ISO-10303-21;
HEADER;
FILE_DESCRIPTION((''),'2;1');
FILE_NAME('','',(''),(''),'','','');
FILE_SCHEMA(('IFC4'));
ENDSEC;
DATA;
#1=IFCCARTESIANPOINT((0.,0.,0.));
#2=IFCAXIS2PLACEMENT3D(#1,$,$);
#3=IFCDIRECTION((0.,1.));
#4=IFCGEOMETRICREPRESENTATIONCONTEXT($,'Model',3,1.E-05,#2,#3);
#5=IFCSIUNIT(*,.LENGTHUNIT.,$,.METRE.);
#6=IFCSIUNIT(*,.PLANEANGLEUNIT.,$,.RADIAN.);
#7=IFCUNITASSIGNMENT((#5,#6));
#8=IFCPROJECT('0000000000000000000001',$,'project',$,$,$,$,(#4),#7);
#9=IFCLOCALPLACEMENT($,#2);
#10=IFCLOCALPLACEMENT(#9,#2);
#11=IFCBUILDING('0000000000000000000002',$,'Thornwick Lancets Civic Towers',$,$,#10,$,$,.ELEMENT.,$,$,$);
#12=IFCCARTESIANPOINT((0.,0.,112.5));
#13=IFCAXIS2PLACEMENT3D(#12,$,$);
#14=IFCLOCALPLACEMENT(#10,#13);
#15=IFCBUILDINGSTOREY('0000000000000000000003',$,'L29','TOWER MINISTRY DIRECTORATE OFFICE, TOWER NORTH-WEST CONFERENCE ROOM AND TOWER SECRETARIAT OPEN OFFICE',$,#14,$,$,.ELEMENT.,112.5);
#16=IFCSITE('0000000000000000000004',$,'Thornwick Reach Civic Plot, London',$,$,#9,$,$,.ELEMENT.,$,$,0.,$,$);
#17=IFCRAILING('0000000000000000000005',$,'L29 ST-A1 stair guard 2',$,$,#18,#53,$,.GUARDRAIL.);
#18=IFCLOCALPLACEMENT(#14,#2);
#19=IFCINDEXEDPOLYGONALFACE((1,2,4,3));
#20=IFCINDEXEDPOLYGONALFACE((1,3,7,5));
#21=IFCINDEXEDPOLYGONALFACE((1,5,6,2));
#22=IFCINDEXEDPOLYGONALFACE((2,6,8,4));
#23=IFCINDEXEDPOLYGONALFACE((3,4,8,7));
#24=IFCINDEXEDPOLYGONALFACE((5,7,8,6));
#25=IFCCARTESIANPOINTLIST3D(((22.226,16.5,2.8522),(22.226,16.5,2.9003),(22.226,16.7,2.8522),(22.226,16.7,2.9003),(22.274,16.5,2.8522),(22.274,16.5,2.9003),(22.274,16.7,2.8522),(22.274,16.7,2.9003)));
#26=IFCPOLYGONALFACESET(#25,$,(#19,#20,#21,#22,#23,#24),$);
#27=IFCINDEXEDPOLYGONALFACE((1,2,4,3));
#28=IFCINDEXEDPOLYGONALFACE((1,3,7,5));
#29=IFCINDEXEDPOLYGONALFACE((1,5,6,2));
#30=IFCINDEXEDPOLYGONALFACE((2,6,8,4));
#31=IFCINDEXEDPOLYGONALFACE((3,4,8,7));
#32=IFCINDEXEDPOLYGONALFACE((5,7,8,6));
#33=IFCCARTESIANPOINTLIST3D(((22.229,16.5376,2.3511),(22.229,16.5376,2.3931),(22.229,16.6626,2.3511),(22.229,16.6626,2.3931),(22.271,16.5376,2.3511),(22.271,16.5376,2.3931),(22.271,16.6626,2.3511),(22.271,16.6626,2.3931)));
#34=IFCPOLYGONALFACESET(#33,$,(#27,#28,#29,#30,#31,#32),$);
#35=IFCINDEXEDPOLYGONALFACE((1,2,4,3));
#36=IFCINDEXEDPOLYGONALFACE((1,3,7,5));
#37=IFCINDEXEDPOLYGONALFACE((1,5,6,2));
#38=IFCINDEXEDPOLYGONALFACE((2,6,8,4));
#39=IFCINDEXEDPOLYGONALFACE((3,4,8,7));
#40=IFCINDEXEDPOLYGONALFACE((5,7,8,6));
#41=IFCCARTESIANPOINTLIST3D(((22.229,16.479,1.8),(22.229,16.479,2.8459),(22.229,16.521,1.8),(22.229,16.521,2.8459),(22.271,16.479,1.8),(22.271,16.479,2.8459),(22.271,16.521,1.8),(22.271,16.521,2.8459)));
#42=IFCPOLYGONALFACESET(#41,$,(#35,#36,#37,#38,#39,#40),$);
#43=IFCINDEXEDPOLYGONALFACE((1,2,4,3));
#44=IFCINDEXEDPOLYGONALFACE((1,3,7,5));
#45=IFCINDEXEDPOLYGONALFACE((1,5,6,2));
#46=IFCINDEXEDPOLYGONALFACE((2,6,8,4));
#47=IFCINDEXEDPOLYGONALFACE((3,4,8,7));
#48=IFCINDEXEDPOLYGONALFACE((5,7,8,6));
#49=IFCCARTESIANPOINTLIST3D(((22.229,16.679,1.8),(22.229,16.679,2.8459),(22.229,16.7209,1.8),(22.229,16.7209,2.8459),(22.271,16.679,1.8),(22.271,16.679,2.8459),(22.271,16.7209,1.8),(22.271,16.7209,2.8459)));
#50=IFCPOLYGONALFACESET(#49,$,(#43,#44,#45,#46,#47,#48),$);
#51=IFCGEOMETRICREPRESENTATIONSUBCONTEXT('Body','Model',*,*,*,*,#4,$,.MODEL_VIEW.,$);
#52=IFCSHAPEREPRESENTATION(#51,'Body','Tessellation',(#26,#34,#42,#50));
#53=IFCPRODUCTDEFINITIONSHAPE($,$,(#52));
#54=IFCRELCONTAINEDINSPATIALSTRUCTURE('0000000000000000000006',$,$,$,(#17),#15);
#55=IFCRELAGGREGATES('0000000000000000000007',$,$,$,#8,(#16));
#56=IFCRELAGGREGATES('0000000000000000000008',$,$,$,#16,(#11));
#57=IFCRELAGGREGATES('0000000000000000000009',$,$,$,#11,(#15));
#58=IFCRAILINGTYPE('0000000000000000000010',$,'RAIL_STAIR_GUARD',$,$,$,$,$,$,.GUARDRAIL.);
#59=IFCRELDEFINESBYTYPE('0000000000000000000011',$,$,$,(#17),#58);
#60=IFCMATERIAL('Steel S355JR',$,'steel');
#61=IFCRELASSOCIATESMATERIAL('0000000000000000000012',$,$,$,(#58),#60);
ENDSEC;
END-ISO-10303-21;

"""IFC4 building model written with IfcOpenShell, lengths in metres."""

from ifc_helpers import new_model, si_unit, direction, frame, origin, origin_2d, place, context, subcontext, project, spatial, rectangle, extrude, material, type_object, element, save


model = new_model("IFC4")

# Units and contexts
model_context = context("Model", 3, precision=1e-05, world=origin(), true_north=direction((0.0, 1.0)))
body_context = subcontext(model_context, "Body", "Model", "MODEL_VIEW")
ifc_project = project(units=[si_unit("LENGTHUNIT", "METRE"), si_unit("PLANEANGLEUNIT", "RADIAN")], contexts=[model_context])

# Site, building, storey
site_placement = place(None, origin())
site = spatial("IfcSite", under=ifc_project, at=site_placement, Name="Thornwick Reach Civic Plot, London", CompositionType="ELEMENT", RefElevation=0.0)
building_placement = place(site_placement, origin())
building = spatial("IfcBuilding", under=site, at=building_placement, Name="Thornwick Lancets Civic Towers", CompositionType="ELEMENT")
storey_placement = place(building_placement, frame((0.0, 0.0, 112.5)))
storey = spatial("IfcBuildingStorey", under=building, at=storey_placement, Name="L29", Description="TOWER MINISTRY DIRECTORATE OFFICE, TOWER NORTH-WEST CONFERENCE ROOM AND TOWER SECRETARIAT OPEN OFFICE", CompositionType="ELEMENT", Elevation=112.5)

# Shared definitions
ifc_material_1 = material(Name="Steel S355JR", Category="steel")

# Railing
railing_type_1 = type_object("IfcRailingType", Name="RAIL_STAIR_GUARD", PredefinedType="GUARDRAIL", material=ifc_material_1)
railing_1_placement = place(storey_placement, frame((22.25, 16.5, 1.8)))
element("IfcRailing", 1, at=railing_1_placement, inside=storey, type_object=railing_type_1, Name="L29 ST-A1 stair guard 2", PredefinedType="GUARDRAIL", context=body_context, shape_type="SweptSolid", body=[
    extrude(rectangle(XDim=0.0481, YDim=0.0481, at=origin_2d()), frame((0.0, 0.0, 1.0762), z_axis=(0.0, 1.0, 0.0), x_axis=(-1.0, 0.0, 0.0)), (0.0, 0.0, 1.0), 0.2),
    extrude(rectangle(XDim=0.042, YDim=0.042, at=origin_2d()), frame((0.0, 0.0376, 0.572), z_axis=(0.0, 1.0, 0.0), x_axis=(-1.0, 0.0, 0.0)), (0.0, 0.0, 1.0), 0.125),
    extrude(rectangle(XDim=0.042, YDim=0.042, at=origin_2d()), origin(), (0.0, 0.0, 1.0), 1.0459),
    extrude(rectangle(XDim=0.042, YDim=0.042, at=origin_2d()), frame((0.0, 0.2, 0.0)), (0.0, 0.0, 1.0), 1.0459),
])

save(model, "model.ifc")
